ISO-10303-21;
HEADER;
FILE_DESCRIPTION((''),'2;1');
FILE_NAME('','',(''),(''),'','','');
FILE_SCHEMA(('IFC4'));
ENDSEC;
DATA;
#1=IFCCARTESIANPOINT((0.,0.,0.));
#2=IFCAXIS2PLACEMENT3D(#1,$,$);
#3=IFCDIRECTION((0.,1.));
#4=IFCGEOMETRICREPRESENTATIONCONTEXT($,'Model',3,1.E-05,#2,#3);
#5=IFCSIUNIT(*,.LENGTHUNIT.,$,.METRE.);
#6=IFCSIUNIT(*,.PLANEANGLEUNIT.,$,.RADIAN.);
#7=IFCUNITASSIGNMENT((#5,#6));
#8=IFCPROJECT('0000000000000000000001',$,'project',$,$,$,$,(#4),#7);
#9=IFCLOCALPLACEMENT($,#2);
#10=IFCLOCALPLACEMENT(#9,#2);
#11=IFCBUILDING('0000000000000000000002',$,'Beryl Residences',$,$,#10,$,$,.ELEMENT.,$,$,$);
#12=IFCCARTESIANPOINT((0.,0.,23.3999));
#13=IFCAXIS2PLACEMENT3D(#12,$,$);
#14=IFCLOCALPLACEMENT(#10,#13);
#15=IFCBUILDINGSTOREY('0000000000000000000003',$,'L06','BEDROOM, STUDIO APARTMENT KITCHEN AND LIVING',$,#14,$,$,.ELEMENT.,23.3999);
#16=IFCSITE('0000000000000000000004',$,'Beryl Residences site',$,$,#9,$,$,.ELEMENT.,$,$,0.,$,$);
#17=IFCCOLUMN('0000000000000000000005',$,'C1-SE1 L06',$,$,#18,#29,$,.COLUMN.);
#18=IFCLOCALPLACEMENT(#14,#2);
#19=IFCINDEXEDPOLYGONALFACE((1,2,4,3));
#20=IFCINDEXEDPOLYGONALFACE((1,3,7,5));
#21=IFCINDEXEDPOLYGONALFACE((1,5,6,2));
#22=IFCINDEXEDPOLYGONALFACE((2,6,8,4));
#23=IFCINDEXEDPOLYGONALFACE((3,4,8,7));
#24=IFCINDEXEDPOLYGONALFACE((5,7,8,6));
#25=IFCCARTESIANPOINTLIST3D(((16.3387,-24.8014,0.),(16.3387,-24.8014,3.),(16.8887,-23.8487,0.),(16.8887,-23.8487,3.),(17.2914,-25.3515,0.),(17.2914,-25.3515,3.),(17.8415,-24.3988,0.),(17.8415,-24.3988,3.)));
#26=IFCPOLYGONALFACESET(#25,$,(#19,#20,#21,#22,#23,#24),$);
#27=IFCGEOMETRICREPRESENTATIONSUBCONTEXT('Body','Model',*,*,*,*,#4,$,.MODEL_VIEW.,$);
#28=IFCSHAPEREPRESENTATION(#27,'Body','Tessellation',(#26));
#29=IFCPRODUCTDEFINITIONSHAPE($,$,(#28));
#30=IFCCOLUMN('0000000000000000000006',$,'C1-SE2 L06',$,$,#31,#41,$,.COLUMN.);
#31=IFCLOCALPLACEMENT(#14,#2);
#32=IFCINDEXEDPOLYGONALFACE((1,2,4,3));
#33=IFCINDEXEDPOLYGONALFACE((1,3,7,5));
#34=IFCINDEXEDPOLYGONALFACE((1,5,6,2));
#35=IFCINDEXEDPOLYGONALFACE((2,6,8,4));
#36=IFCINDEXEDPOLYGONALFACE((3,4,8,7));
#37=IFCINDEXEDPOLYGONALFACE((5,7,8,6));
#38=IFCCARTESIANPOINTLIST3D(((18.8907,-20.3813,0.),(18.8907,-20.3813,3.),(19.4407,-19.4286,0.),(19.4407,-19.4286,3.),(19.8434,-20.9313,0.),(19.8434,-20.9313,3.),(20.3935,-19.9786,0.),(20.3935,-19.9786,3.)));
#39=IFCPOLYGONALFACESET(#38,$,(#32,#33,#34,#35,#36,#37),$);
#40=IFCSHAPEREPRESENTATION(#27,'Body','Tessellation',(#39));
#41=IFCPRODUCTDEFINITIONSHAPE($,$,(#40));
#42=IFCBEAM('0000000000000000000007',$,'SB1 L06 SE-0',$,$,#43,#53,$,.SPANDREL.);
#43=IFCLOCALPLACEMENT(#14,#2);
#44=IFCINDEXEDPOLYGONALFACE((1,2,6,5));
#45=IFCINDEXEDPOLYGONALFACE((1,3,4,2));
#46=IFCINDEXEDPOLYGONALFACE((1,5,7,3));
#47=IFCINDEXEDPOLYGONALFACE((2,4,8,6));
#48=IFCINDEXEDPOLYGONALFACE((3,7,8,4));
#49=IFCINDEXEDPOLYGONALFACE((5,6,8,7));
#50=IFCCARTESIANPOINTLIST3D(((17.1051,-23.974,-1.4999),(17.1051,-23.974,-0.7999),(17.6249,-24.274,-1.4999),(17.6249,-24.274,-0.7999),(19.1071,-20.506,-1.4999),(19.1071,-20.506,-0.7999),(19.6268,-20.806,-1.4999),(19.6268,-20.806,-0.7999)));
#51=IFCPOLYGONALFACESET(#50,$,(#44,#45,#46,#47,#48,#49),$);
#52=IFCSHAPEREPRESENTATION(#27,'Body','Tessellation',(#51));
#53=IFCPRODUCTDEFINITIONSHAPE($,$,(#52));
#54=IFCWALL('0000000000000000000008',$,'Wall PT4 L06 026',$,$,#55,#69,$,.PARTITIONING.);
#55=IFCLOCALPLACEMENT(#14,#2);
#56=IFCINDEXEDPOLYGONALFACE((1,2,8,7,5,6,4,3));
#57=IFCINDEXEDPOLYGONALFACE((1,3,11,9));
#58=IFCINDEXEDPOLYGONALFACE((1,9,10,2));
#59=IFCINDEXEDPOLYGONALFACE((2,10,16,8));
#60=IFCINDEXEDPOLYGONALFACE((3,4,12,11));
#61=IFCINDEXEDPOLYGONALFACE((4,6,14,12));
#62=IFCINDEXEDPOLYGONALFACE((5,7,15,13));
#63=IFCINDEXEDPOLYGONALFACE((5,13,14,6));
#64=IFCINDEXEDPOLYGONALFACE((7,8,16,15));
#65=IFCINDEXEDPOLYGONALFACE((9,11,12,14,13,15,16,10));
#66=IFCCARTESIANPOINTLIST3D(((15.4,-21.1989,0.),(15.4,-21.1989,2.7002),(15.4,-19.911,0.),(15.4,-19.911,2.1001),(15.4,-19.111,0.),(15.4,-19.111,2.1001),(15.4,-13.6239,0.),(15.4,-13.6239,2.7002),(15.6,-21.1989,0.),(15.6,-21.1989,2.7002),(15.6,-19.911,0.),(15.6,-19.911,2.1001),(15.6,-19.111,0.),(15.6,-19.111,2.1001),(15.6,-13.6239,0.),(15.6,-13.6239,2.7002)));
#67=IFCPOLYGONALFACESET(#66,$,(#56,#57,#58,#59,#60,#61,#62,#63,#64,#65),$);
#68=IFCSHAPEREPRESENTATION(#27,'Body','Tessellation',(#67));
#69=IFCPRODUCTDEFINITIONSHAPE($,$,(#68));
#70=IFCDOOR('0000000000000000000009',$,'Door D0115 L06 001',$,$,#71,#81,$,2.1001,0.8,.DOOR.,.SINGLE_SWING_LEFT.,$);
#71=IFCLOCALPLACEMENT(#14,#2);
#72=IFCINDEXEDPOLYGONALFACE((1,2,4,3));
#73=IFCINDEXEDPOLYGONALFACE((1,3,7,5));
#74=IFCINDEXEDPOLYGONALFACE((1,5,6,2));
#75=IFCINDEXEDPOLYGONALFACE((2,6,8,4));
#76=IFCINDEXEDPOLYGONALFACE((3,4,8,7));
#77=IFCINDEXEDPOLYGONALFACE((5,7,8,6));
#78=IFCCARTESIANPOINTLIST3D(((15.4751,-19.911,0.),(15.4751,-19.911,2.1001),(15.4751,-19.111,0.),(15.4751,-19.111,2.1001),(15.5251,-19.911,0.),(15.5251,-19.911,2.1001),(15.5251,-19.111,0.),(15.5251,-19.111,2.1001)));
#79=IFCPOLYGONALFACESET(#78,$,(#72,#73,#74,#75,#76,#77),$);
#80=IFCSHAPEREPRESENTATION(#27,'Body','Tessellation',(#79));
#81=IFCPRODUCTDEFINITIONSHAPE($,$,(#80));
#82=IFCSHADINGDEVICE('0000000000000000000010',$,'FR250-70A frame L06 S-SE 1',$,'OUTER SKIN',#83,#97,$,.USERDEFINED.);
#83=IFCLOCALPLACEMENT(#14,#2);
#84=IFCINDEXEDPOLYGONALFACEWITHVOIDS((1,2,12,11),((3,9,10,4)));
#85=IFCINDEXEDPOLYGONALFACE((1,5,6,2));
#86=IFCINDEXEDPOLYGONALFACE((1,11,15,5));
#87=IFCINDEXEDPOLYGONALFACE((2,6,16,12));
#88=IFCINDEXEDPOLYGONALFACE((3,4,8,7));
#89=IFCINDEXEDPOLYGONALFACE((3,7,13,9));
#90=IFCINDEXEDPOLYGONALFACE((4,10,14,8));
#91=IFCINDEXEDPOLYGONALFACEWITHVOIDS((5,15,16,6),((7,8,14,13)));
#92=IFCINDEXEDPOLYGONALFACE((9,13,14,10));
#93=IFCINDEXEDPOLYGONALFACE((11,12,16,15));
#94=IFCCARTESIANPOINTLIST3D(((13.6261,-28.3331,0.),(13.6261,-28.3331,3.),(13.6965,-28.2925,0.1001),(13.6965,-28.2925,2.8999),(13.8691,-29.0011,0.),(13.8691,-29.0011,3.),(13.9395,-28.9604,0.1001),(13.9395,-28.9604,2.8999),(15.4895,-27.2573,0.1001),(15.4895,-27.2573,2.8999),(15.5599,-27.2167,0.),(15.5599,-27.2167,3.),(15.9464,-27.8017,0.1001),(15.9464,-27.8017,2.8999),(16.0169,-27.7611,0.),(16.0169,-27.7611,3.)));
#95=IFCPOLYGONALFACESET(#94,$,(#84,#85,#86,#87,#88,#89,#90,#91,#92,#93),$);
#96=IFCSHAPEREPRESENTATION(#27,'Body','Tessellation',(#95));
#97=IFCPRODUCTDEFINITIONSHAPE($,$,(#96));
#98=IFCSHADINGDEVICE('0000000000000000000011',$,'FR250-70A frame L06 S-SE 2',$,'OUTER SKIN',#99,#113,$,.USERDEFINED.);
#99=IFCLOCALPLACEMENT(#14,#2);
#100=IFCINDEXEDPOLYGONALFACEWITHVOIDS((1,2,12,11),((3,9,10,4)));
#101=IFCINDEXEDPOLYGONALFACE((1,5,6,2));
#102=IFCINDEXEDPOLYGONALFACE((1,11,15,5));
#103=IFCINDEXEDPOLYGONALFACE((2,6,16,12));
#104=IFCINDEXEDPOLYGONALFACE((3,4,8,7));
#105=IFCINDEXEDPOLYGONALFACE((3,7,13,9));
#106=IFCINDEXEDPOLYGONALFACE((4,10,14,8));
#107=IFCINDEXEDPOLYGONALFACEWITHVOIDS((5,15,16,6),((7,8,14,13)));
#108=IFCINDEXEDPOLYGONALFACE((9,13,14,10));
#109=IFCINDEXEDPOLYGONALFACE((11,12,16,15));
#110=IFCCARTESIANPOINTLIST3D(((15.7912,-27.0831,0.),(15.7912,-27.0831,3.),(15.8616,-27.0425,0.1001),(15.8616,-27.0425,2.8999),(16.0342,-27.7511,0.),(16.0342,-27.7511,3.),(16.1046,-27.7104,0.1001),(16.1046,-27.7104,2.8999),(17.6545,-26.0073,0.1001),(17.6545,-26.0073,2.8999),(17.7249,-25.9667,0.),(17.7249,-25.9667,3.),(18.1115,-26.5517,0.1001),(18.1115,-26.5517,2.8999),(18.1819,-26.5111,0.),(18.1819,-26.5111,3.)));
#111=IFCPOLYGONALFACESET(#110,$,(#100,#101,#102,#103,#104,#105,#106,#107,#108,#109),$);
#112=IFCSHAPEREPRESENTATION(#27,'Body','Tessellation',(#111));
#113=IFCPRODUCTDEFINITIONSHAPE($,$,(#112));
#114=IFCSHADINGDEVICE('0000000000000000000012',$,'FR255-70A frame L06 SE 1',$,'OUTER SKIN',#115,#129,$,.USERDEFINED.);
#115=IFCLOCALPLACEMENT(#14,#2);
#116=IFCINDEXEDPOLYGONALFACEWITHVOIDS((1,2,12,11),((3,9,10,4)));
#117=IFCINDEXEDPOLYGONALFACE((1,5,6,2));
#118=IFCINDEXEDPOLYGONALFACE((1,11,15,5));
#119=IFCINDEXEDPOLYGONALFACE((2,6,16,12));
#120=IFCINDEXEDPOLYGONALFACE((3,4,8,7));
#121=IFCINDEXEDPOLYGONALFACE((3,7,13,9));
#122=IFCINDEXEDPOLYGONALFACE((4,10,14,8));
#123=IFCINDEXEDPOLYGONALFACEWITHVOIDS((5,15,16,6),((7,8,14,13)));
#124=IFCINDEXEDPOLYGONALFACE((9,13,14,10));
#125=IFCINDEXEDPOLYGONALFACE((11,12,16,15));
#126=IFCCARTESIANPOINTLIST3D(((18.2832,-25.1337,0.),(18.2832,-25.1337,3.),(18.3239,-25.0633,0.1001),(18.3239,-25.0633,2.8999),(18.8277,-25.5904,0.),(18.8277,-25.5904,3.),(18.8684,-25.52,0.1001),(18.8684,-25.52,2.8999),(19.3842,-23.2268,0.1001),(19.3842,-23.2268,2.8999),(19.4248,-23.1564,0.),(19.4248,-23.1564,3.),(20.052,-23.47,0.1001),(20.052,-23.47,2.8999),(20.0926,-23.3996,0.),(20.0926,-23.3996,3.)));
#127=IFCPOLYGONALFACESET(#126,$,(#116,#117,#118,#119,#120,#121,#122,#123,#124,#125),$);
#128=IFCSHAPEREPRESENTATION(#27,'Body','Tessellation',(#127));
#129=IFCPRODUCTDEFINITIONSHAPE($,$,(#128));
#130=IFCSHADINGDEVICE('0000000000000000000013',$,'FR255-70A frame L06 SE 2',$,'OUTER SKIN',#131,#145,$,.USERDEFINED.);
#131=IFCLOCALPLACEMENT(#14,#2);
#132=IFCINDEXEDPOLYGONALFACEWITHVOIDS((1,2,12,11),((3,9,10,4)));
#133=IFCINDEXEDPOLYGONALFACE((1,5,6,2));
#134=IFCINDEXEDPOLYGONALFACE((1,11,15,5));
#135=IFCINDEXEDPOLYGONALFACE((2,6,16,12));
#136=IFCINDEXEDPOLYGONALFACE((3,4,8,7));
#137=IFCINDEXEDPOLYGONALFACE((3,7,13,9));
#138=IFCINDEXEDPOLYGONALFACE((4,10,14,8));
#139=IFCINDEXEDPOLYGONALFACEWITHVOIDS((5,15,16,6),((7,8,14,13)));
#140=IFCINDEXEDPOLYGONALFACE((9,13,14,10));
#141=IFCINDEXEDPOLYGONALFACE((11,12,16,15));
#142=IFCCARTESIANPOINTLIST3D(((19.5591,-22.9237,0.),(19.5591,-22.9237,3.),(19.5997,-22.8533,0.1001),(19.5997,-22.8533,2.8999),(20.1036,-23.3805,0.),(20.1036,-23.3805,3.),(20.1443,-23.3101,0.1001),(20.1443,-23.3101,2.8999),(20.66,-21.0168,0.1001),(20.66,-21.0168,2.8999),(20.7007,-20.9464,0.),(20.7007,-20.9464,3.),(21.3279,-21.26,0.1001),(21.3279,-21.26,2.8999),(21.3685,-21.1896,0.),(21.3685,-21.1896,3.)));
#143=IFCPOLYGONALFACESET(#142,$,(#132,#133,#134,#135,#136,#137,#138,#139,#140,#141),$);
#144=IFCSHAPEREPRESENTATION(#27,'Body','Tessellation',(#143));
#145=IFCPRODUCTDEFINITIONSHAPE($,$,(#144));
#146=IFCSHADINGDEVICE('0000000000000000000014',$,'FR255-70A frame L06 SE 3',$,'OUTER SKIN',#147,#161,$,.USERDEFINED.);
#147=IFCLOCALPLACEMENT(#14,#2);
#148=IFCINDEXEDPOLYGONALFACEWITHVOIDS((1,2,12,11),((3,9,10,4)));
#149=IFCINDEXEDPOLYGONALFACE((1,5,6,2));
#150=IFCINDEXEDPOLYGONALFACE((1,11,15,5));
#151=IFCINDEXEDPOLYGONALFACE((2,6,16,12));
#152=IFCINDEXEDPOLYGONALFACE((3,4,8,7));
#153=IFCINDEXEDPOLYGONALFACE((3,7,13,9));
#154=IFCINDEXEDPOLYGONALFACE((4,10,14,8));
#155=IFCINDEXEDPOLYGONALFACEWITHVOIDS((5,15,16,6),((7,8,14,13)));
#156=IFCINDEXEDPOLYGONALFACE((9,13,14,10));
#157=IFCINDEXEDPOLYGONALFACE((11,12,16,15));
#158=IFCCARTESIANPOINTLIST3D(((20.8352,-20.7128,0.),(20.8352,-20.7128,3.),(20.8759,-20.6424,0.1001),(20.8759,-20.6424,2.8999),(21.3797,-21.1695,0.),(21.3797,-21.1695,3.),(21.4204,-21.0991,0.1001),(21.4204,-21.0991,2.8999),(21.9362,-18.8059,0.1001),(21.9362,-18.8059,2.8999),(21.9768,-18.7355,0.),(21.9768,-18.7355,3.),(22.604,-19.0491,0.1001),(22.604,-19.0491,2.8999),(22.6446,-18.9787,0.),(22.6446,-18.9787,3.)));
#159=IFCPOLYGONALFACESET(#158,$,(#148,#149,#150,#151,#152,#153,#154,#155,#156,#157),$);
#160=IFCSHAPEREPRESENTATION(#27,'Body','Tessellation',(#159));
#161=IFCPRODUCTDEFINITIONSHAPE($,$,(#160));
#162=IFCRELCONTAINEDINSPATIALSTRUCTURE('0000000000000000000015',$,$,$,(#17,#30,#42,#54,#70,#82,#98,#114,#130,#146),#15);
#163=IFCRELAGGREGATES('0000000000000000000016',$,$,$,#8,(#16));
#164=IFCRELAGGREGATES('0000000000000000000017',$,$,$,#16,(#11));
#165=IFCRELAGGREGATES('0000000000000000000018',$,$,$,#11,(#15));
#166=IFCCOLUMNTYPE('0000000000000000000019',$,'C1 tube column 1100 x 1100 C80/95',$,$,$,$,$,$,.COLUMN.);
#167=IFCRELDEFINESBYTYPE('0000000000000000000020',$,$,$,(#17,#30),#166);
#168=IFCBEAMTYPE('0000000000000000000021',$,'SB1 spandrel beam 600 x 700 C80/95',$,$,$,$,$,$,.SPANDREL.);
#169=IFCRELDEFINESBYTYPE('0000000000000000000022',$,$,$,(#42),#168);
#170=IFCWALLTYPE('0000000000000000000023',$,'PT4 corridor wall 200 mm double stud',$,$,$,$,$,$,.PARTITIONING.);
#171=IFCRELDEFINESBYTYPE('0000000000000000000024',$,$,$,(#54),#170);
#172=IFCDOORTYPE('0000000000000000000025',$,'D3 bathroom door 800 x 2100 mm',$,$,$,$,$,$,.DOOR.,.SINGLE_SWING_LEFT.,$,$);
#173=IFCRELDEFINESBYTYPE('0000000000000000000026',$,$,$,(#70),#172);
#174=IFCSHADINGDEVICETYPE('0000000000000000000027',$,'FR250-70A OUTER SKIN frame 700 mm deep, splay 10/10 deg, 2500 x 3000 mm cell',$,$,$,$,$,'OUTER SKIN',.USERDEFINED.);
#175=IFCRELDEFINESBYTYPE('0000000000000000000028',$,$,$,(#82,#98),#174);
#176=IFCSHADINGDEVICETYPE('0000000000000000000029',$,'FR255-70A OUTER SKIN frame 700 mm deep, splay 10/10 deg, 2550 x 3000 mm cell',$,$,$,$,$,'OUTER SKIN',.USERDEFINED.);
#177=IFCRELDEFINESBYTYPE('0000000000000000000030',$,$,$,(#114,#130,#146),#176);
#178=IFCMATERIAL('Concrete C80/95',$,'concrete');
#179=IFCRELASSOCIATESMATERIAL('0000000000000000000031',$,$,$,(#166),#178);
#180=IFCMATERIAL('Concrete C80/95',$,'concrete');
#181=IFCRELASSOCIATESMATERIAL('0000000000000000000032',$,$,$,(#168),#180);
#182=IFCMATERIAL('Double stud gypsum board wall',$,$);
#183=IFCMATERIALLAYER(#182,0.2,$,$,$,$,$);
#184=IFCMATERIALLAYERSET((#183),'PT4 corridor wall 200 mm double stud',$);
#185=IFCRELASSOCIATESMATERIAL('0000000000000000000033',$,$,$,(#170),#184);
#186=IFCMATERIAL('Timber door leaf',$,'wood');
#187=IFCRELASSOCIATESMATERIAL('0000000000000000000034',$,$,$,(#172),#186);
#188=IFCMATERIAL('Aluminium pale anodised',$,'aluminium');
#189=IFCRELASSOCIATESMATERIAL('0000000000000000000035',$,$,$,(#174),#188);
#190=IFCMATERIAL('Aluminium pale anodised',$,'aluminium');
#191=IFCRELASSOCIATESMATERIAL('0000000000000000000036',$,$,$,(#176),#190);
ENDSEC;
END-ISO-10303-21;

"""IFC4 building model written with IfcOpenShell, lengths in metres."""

from ifc_helpers import new_model, entity, si_unit, direction, frame, frame_2d, origin, origin_2d, place, context, subcontext, project, spatial, rectangle, extrude, source, transform, mapped, material, layer, layer_set, material_profile, profile_set, type_object, type_shapes, element, fill, save


model = new_model("IFC4")

# Units and contexts
model_context = context("Model", 3, precision=1e-05, world=origin(), true_north=direction((0.0, 1.0)))
body_context = subcontext(model_context, "Body", "Model", "MODEL_VIEW")
ifc_project = project(units=[si_unit("LENGTHUNIT", "METRE"), si_unit("PLANEANGLEUNIT", "RADIAN")], contexts=[model_context])

# Site, building, storey
site_placement = place(None, origin())
site = spatial("IfcSite", under=ifc_project, at=site_placement, Name="Beryl Residences site", CompositionType="ELEMENT", RefElevation=0.0)
building_placement = place(site_placement, origin())
building = spatial("IfcBuilding", under=site, at=building_placement, Name="Beryl Residences", CompositionType="ELEMENT")
storey_placement = place(building_placement, frame((0.0, 0.0, 23.3999)))
storey = spatial("IfcBuildingStorey", under=building, at=storey_placement, Name="L06", Description="BEDROOM, STUDIO APARTMENT KITCHEN AND LIVING", CompositionType="ELEMENT", Elevation=23.3999)

# Columns
ifc_material_1 = material(Name="Concrete C80/95", Category="concrete")
ifc_material_profile_1 = material_profile(ifc_material_1, rectangle(XDim=1.1001, YDim=1.1001, at=origin_2d()))
ifc_profile_set_1 = profile_set([ifc_material_profile_1], Name="Concrete C80/95")
column_type = type_object("IfcColumnType", Name="C1 tube column 1100 x 1100 C80/95", PredefinedType="COLUMN", material=ifc_profile_set_1)
for number, where, z_axis, x_axis, name in (
    (1, (17.0901, -24.6001, 0.0), (0.0, 0.0, 1.0), (0.499985, 0.866034, 0.0), "C1-SE1 L06"),
    (2, (19.6421, -20.1799, 0.0), (0.0, 0.0, 1.0), (0.499985, 0.866034, 0.0), "C1-SE2 L06"),
):
    element("IfcColumn", number, at=place(storey_placement, frame(where, z_axis=z_axis, x_axis=x_axis)), inside=storey, type_object=column_type, Name=name, PredefinedType="COLUMN", context=body_context, shape_type="SweptSolid", body=[
        extrude(rectangle(XDim=1.1001, YDim=1.1001, at=origin_2d()), origin(), (0.0, 0.0, 1.0), 3.0),
    ])

# Beam
ifc_material_2 = material(Name="Concrete C80/95", Category="concrete")
ifc_material_profile_2 = material_profile(ifc_material_2, rectangle(XDim=0.6001, YDim=0.7, at=origin_2d()))
ifc_profile_set_2 = profile_set([ifc_material_profile_2], Name="Concrete C80/95")
beam_type = type_object("IfcBeamType", Name="SB1 spandrel beam 600 x 700 C80/95", PredefinedType="SPANDREL", material=ifc_profile_set_2)
beam_placement = place(storey_placement, frame((17.365, -24.124, -1.1499), z_axis=(0.499942, 0.866059, 0.0), x_axis=(-0.866059, 0.499942, 0.0)))
element("IfcBeam", 3, at=beam_placement, inside=storey, type_object=beam_type, Name="SB1 L06 SE-0", PredefinedType="SPANDREL", context=body_context, shape_type="SweptSolid", body=[
    extrude(rectangle(XDim=0.6001, YDim=0.7, at=origin_2d()), origin(), (0.0, 0.0, 1.0), 4.0044),
])

# Wall, opening, door
ifc_material_3 = material(Name="Double stud gypsum board wall")
ifc_layer_1 = layer(ifc_material_3, 0.2)
ifc_layer_set_1 = layer_set([ifc_layer_1], Name="PT4 corridor wall 200 mm double stud")
wall_type_1 = type_object("IfcWallType", Name="PT4 corridor wall 200 mm double stud", PredefinedType="PARTITIONING", material=ifc_layer_set_1)
wall_1_placement = place(storey_placement, frame((15.5, -21.199, 0.0), z_axis=(0.0, 0.0, 1.0), x_axis=(0.0, 1.0, 0.0)))
wall_1 = element("IfcWall", 4, at=wall_1_placement, inside=storey, type_object=wall_type_1, Name="Wall PT4 L06 026", PredefinedType="PARTITIONING", context=body_context, shape_type="SweptSolid", body=[
    extrude(rectangle(XDim=7.575, YDim=0.2, at=frame_2d((3.7876, 0.0))), origin(), (0.0, 0.0, 1.0), 2.7002),
])
opening_1_placement = place(wall_1_placement, frame((1.2881, 0.0, 0.0)))
opening_1 = element("IfcOpeningElement", 5, at=opening_1_placement, cuts=wall_1, PredefinedType="OPENING", context=body_context, shape_type="SweptSolid", body=[
    extrude(rectangle(XDim=0.8, YDim=2.1001, at=frame_2d((0.3999, 1.05))), frame((0.0, 0.1099, 0.0), z_axis=(0.0, -1.0, 0.0), x_axis=(1.0, 0.0, 0.0)), (0.0, 0.0, 1.0), 0.22),
])
ifc_material_4 = material(Name="Timber door leaf", Category="wood")
door_type = type_object("IfcDoorType", Name="D3 bathroom door 800 x 2100 mm", OperationType="SINGLE_SWING_LEFT", PredefinedType="DOOR", material=ifc_material_4)
door_placement = place(opening_1_placement, origin())
door = element("IfcDoor", 6, at=door_placement, inside=storey, type_object=door_type, Name="Door D0115 L06 001", OperationType="SINGLE_SWING_LEFT", OverallHeight=2.1001, OverallWidth=0.8, PredefinedType="DOOR", context=body_context, shape_type="SweptSolid", body=[
    extrude(rectangle(XDim=0.8, YDim=2.1001, at=frame_2d((0.3999, 1.05))), frame((0.0, 0.0249, 0.0), z_axis=(0.0, -1.0, 0.0), x_axis=(1.0, 0.0, 0.0)), (0.0, 0.0, 1.0), 0.05),
])
fill(opening_1, door)

# Shading devices
ifc_material_5 = material(Name="Aluminium pale anodised", Category="aluminium")
shading_device_type_1 = type_object("IfcShadingDeviceType", Name="FR250-70A OUTER SKIN frame 700 mm deep, splay 10/10 deg, 2500 x 3000 mm cell", ElementType="OUTER SKIN", PredefinedType="USERDEFINED", material=ifc_material_5)
cartesian_point_1 = entity("IfcCartesianPoint", [-1.1165, 0.0])
cartesian_point_2 = entity("IfcCartesianPoint", [-1.0352, 0.1001])
cartesian_point_3 = entity("IfcCartesianPoint", [-1.24, 0.0])
cartesian_point_4 = entity("IfcCartesianPoint", [-1.1587, 0.1001])
shared_shape_1 = source(origin(), body_context, "Body", "SweptSolid", [
    entity("IfcExtrudedAreaSolidTapered", entity("IfcArbitraryProfileDefWithVoids", "AREA", None, entity("IfcPolyline", [cartesian_point_1, entity("IfcCartesianPoint", [1.1165, 0.0]), entity("IfcCartesianPoint", [1.1165, 3.0]), entity("IfcCartesianPoint", [-1.1165, 3.0]), cartesian_point_1]), [entity("IfcPolyline", [cartesian_point_2, entity("IfcCartesianPoint", [1.0352, 0.1001]), entity("IfcCartesianPoint", [1.0352, 2.8999]), entity("IfcCartesianPoint", [-1.0352, 2.8999]), cartesian_point_2])]), entity("IfcAxis2Placement3D", entity("IfcCartesianPoint", [0.0, 0.0, 0.0]), entity("IfcDirection", [0.0, 1.0, 0.0]), entity("IfcDirection", [-1.0, 0.0, 0.0])), entity("IfcDirection", [0.0, 0.0, 1.0]), 0.7, entity("IfcArbitraryProfileDefWithVoids", "AREA", None, entity("IfcPolyline", [cartesian_point_3, entity("IfcCartesianPoint", [1.24, 0.0]), entity("IfcCartesianPoint", [1.24, 3.0]), entity("IfcCartesianPoint", [-1.24, 3.0]), cartesian_point_3]), [entity("IfcPolyline", [cartesian_point_4, entity("IfcCartesianPoint", [1.1587, 0.1001]), entity("IfcCartesianPoint", [1.1587, 2.8999]), entity("IfcCartesianPoint", [-1.1587, 2.8999]), cartesian_point_4])])),
])
type_shapes(shading_device_type_1, [shared_shape_1])
for number, where, z_axis, x_axis, name in (
    (7, (14.593, -27.7749, 0.0), (0.0, 0.0, 1.0), (-0.866025, -0.5, 0.0), "FR250-70A frame L06 S-SE 1"),
    (8, (16.7581, -26.5249, 0.0), (0.0, 0.0, 1.0), (-0.866025, -0.5, 0.0), "FR250-70A frame L06 S-SE 2"),
):
    element("IfcShadingDevice", number, at=place(storey_placement, frame(where, z_axis=z_axis, x_axis=x_axis)), inside=storey, type_object=shading_device_type_1, Name=name, ObjectType="OUTER SKIN", PredefinedType="USERDEFINED", context=body_context, shape_type="MappedRepresentation", body=[
        mapped(shared_shape_1, transform((0.0, 0.0, 0.0))),
    ])
ifc_material_6 = material(Name="Aluminium pale anodised", Category="aluminium")
shading_device_type_2 = type_object("IfcShadingDeviceType", Name="FR255-70A OUTER SKIN frame 700 mm deep, splay 10/10 deg, 2550 x 3000 mm cell", ElementType="OUTER SKIN", PredefinedType="USERDEFINED", material=ifc_material_6)
cartesian_point_5 = entity("IfcCartesianPoint", [-1.1416, 0.0])
cartesian_point_6 = entity("IfcCartesianPoint", [-1.0603, 0.1001])
cartesian_point_7 = entity("IfcCartesianPoint", [-1.2649, 0.0])
cartesian_point_8 = entity("IfcCartesianPoint", [-1.1836, 0.1001])
shared_shape_2 = source(origin(), body_context, "Body", "SweptSolid", [
    entity("IfcExtrudedAreaSolidTapered", entity("IfcArbitraryProfileDefWithVoids", "AREA", None, entity("IfcPolyline", [cartesian_point_5, entity("IfcCartesianPoint", [1.1416, 0.0]), entity("IfcCartesianPoint", [1.1416, 3.0]), entity("IfcCartesianPoint", [-1.1416, 3.0]), cartesian_point_5]), [entity("IfcPolyline", [cartesian_point_6, entity("IfcCartesianPoint", [1.0603, 0.1001]), entity("IfcCartesianPoint", [1.0603, 2.8999]), entity("IfcCartesianPoint", [-1.0603, 2.8999]), cartesian_point_6])]), entity("IfcAxis2Placement3D", entity("IfcCartesianPoint", [0.0, 0.0, 0.0]), entity("IfcDirection", [0.0, 1.0, 0.0]), entity("IfcDirection", [-1.0, 0.0, 0.0])), entity("IfcDirection", [0.0, 0.0, 1.0]), 0.7, entity("IfcArbitraryProfileDefWithVoids", "AREA", None, entity("IfcPolyline", [cartesian_point_7, entity("IfcCartesianPoint", [1.2649, 0.0]), entity("IfcCartesianPoint", [1.2649, 3.0]), entity("IfcCartesianPoint", [-1.2649, 3.0]), cartesian_point_7]), [entity("IfcPolyline", [cartesian_point_8, entity("IfcCartesianPoint", [1.1836, 0.1001]), entity("IfcCartesianPoint", [1.1836, 2.8999]), entity("IfcCartesianPoint", [-1.1836, 2.8999]), cartesian_point_8])])),
])
type_shapes(shading_device_type_2, [shared_shape_2])
for number, where, z_axis, x_axis, name in (
    (9, (18.854, -24.145, 0.0), (0.0, 0.0, 1.0), (-0.5, -0.866025, 0.0), "FR255-70A frame L06 SE 1"),
    (10, (20.1299, -21.9351, 0.0), (0.0, 0.0, 1.0), (-0.5, -0.866025, 0.0), "FR255-70A frame L06 SE 2"),
    (11, (21.406, -19.7241, 0.0), (0.0, 0.0, 1.0), (-0.5, -0.866025, 0.0), "FR255-70A frame L06 SE 3"),
):
    element("IfcShadingDevice", number, at=place(storey_placement, frame(where, z_axis=z_axis, x_axis=x_axis)), inside=storey, type_object=shading_device_type_2, Name=name, ObjectType="OUTER SKIN", PredefinedType="USERDEFINED", context=body_context, shape_type="MappedRepresentation", body=[
        mapped(shared_shape_2, transform((0.0, 0.0, 0.0))),
    ])

save(model, "model.ifc")
